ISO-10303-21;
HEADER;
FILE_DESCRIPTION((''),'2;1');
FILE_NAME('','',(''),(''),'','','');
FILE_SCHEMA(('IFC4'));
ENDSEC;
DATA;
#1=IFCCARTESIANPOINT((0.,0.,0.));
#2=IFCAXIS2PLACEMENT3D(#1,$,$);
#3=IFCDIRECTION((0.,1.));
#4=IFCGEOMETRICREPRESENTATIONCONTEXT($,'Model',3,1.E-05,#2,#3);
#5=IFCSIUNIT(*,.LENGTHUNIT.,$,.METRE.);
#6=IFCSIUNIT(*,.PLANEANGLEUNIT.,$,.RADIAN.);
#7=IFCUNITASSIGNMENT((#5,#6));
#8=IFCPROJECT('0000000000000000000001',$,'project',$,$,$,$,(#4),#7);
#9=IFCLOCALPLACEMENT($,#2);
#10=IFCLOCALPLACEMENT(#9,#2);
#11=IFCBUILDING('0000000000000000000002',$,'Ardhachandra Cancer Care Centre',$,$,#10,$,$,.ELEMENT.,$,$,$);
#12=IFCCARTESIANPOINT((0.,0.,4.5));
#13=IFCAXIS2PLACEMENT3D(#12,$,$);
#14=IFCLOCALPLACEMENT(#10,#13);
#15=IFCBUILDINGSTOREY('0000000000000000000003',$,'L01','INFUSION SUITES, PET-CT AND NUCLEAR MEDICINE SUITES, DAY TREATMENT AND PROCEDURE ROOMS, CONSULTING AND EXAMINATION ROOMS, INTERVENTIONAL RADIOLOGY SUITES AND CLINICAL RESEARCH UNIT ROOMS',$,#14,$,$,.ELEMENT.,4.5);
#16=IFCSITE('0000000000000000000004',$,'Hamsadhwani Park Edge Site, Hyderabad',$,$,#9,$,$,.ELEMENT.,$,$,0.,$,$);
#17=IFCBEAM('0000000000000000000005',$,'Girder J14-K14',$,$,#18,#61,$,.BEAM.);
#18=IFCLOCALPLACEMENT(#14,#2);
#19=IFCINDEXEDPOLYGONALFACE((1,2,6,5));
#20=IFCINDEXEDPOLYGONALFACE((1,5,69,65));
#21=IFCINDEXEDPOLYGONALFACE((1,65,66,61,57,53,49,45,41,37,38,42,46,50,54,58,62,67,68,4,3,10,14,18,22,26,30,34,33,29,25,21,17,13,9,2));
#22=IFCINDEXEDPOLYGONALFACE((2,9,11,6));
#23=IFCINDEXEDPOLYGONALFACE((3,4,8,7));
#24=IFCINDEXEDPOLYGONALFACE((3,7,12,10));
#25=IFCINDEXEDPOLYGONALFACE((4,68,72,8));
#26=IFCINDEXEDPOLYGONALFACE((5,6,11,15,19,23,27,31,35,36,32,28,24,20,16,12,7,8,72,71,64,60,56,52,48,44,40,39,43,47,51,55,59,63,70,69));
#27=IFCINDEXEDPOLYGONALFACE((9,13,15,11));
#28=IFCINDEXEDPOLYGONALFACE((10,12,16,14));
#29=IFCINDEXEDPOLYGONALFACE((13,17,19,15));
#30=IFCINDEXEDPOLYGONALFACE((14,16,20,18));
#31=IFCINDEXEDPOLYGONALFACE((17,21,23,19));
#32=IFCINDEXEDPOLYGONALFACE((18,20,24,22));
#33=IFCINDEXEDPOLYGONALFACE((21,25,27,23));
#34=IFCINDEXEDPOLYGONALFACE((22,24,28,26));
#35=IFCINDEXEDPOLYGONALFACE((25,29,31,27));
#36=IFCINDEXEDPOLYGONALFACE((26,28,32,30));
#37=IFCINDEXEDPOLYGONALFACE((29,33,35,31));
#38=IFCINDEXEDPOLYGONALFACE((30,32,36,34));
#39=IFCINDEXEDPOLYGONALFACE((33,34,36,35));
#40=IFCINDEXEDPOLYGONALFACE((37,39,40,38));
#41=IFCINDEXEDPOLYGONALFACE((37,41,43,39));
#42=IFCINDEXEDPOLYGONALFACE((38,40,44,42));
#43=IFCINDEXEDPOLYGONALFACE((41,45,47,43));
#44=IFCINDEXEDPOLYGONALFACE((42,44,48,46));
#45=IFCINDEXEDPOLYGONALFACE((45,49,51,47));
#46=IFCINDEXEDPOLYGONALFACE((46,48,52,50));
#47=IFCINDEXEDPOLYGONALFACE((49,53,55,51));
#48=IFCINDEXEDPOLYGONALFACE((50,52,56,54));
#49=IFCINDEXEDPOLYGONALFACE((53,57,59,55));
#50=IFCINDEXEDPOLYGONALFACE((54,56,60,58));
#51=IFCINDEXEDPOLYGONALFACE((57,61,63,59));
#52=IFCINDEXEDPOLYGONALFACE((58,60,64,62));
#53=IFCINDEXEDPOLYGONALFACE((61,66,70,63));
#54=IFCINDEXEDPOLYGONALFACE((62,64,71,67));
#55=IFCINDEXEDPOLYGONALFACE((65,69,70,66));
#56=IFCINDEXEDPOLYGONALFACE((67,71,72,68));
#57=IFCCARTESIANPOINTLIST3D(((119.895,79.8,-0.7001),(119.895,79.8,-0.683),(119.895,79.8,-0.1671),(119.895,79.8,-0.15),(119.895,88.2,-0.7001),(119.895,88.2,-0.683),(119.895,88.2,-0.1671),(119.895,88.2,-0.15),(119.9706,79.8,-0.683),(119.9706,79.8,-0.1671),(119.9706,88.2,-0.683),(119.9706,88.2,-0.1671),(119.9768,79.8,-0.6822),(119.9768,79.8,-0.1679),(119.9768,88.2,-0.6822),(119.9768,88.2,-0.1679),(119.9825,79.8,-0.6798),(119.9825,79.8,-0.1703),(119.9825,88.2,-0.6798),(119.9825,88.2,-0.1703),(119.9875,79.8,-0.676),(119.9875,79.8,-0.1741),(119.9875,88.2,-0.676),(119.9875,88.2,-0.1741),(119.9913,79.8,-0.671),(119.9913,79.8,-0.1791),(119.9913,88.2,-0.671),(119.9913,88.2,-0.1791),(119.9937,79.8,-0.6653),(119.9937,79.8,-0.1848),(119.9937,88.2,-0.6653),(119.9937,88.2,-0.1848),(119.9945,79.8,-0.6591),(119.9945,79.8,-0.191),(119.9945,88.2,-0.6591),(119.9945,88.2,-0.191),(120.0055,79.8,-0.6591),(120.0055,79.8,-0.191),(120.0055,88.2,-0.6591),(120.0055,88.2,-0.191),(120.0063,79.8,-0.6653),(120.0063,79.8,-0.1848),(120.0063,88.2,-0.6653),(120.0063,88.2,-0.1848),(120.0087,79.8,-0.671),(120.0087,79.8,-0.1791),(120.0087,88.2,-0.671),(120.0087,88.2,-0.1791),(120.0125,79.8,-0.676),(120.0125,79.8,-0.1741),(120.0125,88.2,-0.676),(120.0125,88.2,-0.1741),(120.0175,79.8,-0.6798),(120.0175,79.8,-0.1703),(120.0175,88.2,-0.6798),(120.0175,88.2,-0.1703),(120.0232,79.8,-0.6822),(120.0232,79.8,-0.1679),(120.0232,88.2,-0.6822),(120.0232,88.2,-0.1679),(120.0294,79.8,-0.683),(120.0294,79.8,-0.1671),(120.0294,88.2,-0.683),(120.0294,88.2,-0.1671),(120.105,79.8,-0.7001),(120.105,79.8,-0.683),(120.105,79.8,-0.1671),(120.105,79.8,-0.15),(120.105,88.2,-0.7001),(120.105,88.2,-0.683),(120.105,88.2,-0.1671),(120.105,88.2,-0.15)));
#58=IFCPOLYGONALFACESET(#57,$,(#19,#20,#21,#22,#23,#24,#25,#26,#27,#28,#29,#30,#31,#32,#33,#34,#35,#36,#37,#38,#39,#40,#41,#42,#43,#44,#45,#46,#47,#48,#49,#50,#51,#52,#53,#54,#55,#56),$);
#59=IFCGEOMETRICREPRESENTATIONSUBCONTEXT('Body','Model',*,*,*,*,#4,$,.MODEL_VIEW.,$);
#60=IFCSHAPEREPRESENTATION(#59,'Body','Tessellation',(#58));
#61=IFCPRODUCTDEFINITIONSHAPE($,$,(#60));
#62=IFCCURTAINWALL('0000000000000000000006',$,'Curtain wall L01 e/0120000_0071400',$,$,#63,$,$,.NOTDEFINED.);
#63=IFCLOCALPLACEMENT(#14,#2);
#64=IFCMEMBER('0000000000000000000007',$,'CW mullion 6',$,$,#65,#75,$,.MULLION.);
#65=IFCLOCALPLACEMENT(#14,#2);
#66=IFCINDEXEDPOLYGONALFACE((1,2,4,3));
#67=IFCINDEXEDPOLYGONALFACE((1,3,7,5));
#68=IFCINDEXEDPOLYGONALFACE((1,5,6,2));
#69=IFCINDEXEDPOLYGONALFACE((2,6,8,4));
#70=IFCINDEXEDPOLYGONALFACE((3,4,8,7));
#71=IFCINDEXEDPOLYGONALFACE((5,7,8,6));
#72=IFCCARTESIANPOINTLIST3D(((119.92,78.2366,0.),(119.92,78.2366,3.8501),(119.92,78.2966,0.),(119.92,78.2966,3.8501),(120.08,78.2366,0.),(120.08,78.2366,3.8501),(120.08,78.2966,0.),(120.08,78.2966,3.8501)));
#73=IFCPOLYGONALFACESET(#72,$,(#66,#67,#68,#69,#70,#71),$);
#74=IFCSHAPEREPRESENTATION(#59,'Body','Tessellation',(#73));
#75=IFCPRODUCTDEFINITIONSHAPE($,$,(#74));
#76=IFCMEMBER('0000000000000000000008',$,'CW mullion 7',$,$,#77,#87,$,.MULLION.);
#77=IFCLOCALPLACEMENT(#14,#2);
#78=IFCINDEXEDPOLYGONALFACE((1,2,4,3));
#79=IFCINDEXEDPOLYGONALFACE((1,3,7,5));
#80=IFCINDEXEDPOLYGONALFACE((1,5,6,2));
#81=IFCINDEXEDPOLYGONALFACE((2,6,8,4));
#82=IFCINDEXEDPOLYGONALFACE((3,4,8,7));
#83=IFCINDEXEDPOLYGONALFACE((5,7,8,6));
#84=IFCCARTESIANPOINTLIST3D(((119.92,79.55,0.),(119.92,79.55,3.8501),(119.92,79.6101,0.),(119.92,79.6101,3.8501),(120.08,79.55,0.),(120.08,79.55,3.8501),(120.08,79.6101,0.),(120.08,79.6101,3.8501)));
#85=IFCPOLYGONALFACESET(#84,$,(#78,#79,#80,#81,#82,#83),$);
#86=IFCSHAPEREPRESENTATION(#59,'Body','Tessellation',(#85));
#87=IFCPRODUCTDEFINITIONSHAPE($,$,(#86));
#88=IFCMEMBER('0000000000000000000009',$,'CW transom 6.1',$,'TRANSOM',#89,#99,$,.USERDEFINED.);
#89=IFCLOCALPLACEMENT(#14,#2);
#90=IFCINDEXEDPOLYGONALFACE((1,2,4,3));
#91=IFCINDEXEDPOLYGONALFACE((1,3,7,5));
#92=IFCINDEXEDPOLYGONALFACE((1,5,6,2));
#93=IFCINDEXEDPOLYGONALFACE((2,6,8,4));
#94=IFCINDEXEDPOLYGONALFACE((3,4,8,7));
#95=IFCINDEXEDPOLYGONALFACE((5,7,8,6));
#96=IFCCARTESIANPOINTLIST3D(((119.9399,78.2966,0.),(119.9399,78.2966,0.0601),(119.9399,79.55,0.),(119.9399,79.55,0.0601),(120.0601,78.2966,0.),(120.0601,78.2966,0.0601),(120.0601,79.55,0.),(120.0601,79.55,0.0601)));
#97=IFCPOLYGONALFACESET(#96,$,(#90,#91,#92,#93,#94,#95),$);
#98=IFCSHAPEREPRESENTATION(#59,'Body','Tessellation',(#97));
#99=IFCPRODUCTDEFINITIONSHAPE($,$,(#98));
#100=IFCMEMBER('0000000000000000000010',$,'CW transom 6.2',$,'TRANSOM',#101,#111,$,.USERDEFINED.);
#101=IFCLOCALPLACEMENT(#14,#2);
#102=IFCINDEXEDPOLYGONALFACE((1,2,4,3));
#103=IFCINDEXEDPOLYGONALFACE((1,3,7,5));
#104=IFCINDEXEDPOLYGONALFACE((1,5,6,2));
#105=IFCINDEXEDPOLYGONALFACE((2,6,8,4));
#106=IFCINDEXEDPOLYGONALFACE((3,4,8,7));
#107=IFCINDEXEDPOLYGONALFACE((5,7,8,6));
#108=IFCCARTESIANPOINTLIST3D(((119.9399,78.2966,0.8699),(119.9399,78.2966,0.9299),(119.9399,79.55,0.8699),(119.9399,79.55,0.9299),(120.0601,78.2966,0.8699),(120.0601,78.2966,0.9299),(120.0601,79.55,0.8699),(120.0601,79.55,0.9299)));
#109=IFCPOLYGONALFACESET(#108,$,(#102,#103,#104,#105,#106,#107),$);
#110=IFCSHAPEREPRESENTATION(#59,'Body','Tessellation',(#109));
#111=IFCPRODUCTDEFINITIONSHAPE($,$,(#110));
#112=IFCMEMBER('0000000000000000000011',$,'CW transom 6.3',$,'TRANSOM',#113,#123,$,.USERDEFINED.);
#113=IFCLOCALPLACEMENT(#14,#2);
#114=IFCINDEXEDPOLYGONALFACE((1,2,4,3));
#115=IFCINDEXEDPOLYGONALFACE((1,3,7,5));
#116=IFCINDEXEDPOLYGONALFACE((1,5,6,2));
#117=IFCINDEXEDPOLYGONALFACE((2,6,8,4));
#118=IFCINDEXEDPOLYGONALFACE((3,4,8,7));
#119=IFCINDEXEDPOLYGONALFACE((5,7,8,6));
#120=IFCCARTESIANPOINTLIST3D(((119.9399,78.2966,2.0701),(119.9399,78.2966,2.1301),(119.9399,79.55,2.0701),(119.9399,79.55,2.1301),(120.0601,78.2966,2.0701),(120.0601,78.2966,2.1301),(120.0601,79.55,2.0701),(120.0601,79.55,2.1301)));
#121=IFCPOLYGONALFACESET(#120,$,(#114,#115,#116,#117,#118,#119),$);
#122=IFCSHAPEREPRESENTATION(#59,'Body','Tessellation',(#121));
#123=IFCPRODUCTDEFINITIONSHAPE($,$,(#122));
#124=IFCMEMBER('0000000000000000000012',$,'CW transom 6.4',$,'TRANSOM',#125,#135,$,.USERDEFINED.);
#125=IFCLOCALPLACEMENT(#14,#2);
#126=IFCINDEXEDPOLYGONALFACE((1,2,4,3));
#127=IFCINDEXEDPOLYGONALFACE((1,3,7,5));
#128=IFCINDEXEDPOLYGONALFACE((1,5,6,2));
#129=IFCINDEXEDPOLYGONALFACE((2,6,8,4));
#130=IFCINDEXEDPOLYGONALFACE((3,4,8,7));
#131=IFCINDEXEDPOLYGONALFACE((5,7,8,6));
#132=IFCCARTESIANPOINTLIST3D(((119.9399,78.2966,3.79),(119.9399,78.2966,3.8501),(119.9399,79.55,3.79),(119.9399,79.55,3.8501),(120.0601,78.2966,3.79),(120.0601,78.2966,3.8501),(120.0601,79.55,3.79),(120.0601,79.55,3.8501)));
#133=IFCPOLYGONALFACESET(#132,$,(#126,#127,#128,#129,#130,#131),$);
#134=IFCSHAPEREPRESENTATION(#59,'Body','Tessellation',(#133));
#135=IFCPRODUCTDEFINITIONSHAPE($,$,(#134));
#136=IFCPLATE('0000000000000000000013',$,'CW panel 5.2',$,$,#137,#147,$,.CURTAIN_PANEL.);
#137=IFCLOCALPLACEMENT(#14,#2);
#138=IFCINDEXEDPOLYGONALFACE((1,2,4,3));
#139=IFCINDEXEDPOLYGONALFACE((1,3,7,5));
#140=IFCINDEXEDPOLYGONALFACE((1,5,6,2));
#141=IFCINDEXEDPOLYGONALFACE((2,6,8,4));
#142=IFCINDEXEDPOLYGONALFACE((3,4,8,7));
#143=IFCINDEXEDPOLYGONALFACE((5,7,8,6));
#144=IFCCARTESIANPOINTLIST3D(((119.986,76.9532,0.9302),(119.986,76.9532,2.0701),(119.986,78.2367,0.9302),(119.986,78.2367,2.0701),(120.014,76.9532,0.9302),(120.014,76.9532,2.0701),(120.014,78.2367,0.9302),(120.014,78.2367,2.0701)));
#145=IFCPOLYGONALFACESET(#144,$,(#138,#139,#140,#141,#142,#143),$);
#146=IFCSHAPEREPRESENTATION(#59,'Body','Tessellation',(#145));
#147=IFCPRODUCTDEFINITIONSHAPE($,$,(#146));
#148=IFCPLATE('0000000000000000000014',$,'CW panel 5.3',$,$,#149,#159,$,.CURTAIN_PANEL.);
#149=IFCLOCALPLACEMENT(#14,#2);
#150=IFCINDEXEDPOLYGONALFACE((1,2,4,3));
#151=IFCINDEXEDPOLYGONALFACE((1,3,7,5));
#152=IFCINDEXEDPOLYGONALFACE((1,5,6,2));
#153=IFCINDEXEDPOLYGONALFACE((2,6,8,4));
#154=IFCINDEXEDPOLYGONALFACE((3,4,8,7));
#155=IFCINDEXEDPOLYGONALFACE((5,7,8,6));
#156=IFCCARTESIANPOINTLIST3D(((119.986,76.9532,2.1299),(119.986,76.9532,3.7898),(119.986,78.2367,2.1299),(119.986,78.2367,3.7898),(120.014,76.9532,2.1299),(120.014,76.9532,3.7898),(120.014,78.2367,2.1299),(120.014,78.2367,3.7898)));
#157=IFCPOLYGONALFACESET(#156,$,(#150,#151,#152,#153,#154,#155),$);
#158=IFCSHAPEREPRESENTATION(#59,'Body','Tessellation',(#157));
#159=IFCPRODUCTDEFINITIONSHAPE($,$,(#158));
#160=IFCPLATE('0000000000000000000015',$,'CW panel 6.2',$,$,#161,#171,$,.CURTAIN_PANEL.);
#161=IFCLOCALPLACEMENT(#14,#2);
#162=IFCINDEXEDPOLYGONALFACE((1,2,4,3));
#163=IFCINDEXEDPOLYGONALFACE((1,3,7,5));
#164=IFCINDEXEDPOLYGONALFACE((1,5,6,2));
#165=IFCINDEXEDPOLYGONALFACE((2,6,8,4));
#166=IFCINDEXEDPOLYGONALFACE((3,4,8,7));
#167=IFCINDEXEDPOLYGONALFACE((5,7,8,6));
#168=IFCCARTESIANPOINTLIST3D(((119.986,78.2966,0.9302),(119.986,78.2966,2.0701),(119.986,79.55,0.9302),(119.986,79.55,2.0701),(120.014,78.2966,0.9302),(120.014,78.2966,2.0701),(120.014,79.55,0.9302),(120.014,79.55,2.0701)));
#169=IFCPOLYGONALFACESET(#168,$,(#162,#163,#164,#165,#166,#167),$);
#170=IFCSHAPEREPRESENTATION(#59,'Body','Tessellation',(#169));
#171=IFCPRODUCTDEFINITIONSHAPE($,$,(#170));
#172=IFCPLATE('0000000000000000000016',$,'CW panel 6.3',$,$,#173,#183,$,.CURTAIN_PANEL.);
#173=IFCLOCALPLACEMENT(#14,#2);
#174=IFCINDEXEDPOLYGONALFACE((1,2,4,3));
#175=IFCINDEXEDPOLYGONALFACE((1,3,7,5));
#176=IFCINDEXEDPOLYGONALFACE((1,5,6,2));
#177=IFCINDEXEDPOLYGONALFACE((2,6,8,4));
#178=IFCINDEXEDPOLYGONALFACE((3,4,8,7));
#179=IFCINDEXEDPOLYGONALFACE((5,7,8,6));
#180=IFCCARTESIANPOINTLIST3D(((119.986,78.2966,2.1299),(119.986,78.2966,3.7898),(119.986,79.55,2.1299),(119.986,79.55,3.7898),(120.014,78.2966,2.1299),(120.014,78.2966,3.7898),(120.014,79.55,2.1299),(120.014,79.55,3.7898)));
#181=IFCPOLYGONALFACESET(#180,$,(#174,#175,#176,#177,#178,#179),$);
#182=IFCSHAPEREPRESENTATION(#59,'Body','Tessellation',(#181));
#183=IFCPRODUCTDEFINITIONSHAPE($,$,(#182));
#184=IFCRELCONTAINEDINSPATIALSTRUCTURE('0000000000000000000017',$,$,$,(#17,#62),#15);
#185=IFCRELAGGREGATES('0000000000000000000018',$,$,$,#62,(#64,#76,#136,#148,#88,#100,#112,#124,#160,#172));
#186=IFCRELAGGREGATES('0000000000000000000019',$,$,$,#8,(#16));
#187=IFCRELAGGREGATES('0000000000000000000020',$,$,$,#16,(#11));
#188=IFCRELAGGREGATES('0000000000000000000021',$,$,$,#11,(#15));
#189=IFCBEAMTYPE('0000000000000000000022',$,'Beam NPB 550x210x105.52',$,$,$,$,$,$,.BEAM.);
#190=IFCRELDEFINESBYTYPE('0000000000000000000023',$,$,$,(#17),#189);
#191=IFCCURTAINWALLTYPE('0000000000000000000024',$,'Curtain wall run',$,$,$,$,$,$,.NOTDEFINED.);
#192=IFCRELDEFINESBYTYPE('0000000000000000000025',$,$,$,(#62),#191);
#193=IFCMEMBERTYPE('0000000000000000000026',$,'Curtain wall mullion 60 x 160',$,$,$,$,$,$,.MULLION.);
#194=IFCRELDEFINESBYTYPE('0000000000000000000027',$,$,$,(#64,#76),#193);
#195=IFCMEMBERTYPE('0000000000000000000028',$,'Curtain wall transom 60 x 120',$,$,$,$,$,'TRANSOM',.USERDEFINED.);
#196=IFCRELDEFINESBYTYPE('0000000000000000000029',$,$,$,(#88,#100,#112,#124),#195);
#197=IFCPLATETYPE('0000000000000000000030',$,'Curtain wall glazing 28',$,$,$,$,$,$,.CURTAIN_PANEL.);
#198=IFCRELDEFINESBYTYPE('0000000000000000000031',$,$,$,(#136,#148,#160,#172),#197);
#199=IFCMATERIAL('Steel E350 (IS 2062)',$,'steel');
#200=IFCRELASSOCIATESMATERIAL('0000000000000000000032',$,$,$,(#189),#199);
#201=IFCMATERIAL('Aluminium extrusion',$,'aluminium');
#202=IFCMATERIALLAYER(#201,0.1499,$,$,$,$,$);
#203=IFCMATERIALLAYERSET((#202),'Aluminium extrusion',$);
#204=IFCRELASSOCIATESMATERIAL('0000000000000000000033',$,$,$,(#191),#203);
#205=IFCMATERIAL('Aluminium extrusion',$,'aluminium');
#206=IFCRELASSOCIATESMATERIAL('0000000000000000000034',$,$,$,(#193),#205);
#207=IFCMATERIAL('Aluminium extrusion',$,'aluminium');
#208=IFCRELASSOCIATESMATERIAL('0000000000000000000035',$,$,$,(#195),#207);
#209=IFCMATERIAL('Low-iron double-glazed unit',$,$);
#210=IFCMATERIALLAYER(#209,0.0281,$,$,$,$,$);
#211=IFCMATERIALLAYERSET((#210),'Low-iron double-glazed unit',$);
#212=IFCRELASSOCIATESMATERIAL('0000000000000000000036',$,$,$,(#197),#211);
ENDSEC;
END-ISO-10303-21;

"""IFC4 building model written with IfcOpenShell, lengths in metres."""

from ifc_helpers import new_model, si_unit, direction, frame, origin, origin_2d, place, context, subcontext, project, spatial, rectangle, i_section, extrude, material, layer, layer_set, material_profile, profile_set, type_object, element, aggregate, save


model = new_model("IFC4")

# Units and contexts
model_context = context("Model", 3, precision=1e-05, world=origin(), true_north=direction((0.0, 1.0)))
body_context = subcontext(model_context, "Body", "Model", "MODEL_VIEW")
ifc_project = project(units=[si_unit("LENGTHUNIT", "METRE"), si_unit("PLANEANGLEUNIT", "RADIAN")], contexts=[model_context])

# Site, building, storey
site_placement = place(None, origin())
site = spatial("IfcSite", under=ifc_project, at=site_placement, Name="Hamsadhwani Park Edge Site, Hyderabad", CompositionType="ELEMENT", RefElevation=0.0)
building_placement = place(site_placement, origin())
building = spatial("IfcBuilding", under=site, at=building_placement, Name="Ardhachandra Cancer Care Centre", CompositionType="ELEMENT")
storey_placement = place(building_placement, frame((0.0, 0.0, 4.5)))
storey = spatial("IfcBuildingStorey", under=building, at=storey_placement, Name="L01", Description="INFUSION SUITES, PET-CT AND NUCLEAR MEDICINE SUITES, DAY TREATMENT AND PROCEDURE ROOMS, CONSULTING AND EXAMINATION ROOMS, INTERVENTIONAL RADIOLOGY SUITES AND CLINICAL RESEARCH UNIT ROOMS", CompositionType="ELEMENT", Elevation=4.5)

# Beam
ifc_material_1 = material(Name="Steel E350 (IS 2062)", Category="steel")
ifc_material_profile_1 = material_profile(ifc_material_1, i_section(OverallWidth=0.21, OverallDepth=0.55, WebThickness=0.011, FlangeThickness=0.0171, FilletRadius=0.0239, at=origin_2d()), Name="NPB 550x210x105.52")
ifc_profile_set_1 = profile_set([ifc_material_profile_1], Name="Steel E350 (IS 2062)")
beam_type_1 = type_object("IfcBeamType", Name="Beam NPB 550x210x105.52", PredefinedType="BEAM", material=ifc_profile_set_1)
beam_1_placement = place(storey_placement, frame((120.0, 79.8, -0.425), z_axis=(0.0, 1.0, 0.0), x_axis=(-1.0, 0.0, 0.0)))
element("IfcBeam", 1, at=beam_1_placement, inside=storey, type_object=beam_type_1, Name="Girder J14-K14", PredefinedType="BEAM", context=body_context, shape_type="SweptSolid", body=[
    extrude(i_section(OverallWidth=0.21, OverallDepth=0.55, WebThickness=0.011, FlangeThickness=0.0171, FilletRadius=0.0239, at=origin_2d()), origin(), (0.0, 0.0, 1.0), 8.3999),
])

# Curtain wall, members, plates
ifc_material_2 = material(Name="Aluminium extrusion", Category="aluminium")
ifc_layer_1 = layer(ifc_material_2, 0.1499)
ifc_layer_set_1 = layer_set([ifc_layer_1], Name="Aluminium extrusion")
curtain_wall_type = type_object("IfcCurtainWallType", Name="Curtain wall run", PredefinedType="NOTDEFINED", material=ifc_layer_set_1)
curtain_wall_placement = place(storey_placement, origin())
curtain_wall = element("IfcCurtainWall", 2, at=curtain_wall_placement, inside=storey, type_object=curtain_wall_type, Name="Curtain wall L01 e/0120000_0071400", PredefinedType="NOTDEFINED")
ifc_material_3 = material(Name="Aluminium extrusion", Category="aluminium")
ifc_material_profile_2 = material_profile(ifc_material_3, rectangle(XDim=0.1599, YDim=0.0601, at=origin_2d()), Name="Curtain wall mullion 60 x 160")
ifc_profile_set_2 = profile_set([ifc_material_profile_2], Name="Aluminium extrusion")
member_type_1 = type_object("IfcMemberType", Name="Curtain wall mullion 60 x 160", PredefinedType="MULLION", material=ifc_profile_set_2)
member_1_placement = place(storey_placement, frame((120.0, 78.2666, 0.0), z_axis=(0.0, 0.0, 1.0), x_axis=(-1.0, 0.0, 0.0)))
member_1 = element("IfcMember", 3, at=member_1_placement, type_object=member_type_1, Name="CW mullion 6", PredefinedType="MULLION", context=body_context, shape_type="SweptSolid", body=[
    extrude(rectangle(XDim=0.1599, YDim=0.0601, at=origin_2d()), origin(), (0.0, 0.0, 1.0), 3.8501),
])
member_2_placement = place(storey_placement, frame((120.0, 79.5801, 0.0), z_axis=(0.0, 0.0, 1.0), x_axis=(-1.0, 0.0, 0.0)))
member_2 = element("IfcMember", 4, at=member_2_placement, type_object=member_type_1, Name="CW mullion 7", PredefinedType="MULLION", context=body_context, shape_type="SweptSolid", body=[
    extrude(rectangle(XDim=0.1599, YDim=0.0601, at=origin_2d()), origin(), (0.0, 0.0, 1.0), 3.8501),
])
ifc_material_4 = material(Name="Aluminium extrusion", Category="aluminium")
ifc_material_profile_3 = material_profile(ifc_material_4, rectangle(XDim=0.1201, YDim=0.0601, at=origin_2d()), Name="Curtain wall transom 60 x 120")
ifc_profile_set_3 = profile_set([ifc_material_profile_3], Name="Aluminium extrusion")
member_type_2 = type_object("IfcMemberType", Name="Curtain wall transom 60 x 120", ElementType="TRANSOM", PredefinedType="USERDEFINED", material=ifc_profile_set_3)
member_3_placement = place(storey_placement, frame((120.0, 78.2966, 0.03), z_axis=(0.0, 1.0, 0.0), x_axis=(-1.0, 0.0, 0.0)))
member_3 = element("IfcMember", 5, at=member_3_placement, type_object=member_type_2, Name="CW transom 6.1", ObjectType="TRANSOM", PredefinedType="USERDEFINED", context=body_context, shape_type="SweptSolid", body=[
    extrude(rectangle(XDim=0.1201, YDim=0.0601, at=origin_2d()), origin(), (0.0, 0.0, 1.0), 1.2534),
])
member_4_placement = place(storey_placement, frame((120.0, 78.2966, 0.8999), z_axis=(0.0, 1.0, 0.0), x_axis=(-1.0, 0.0, 0.0)))
member_4 = element("IfcMember", 6, at=member_4_placement, type_object=member_type_2, Name="CW transom 6.2", ObjectType="TRANSOM", PredefinedType="USERDEFINED", context=body_context, shape_type="SweptSolid", body=[
    extrude(rectangle(XDim=0.1201, YDim=0.0601, at=origin_2d()), origin(), (0.0, 0.0, 1.0), 1.2534),
])
member_5_placement = place(storey_placement, frame((120.0, 78.2966, 2.1001), z_axis=(0.0, 1.0, 0.0), x_axis=(-1.0, 0.0, 0.0)))
member_5 = element("IfcMember", 7, at=member_5_placement, type_object=member_type_2, Name="CW transom 6.3", ObjectType="TRANSOM", PredefinedType="USERDEFINED", context=body_context, shape_type="SweptSolid", body=[
    extrude(rectangle(XDim=0.1201, YDim=0.0601, at=origin_2d()), origin(), (0.0, 0.0, 1.0), 1.2534),
])
member_6_placement = place(storey_placement, frame((120.0, 78.2966, 3.8201), z_axis=(0.0, 1.0, 0.0), x_axis=(-1.0, 0.0, 0.0)))
member_6 = element("IfcMember", 8, at=member_6_placement, type_object=member_type_2, Name="CW transom 6.4", ObjectType="TRANSOM", PredefinedType="USERDEFINED", context=body_context, shape_type="SweptSolid", body=[
    extrude(rectangle(XDim=0.1201, YDim=0.0601, at=origin_2d()), origin(), (0.0, 0.0, 1.0), 1.2534),
])
ifc_material_5 = material(Name="Low-iron double-glazed unit")
ifc_layer_2 = layer(ifc_material_5, 0.0281)
ifc_layer_set_2 = layer_set([ifc_layer_2], Name="Low-iron double-glazed unit")
plate_type_1 = type_object("IfcPlateType", Name="Curtain wall glazing 28", PredefinedType="CURTAIN_PANEL", material=ifc_layer_set_2)
plate_1_placement = place(storey_placement, frame((120.0, 77.595, 0.9302), z_axis=(0.0, 0.0, 1.0), x_axis=(0.0, 1.0, 0.0)))
plate_1 = element("IfcPlate", 9, at=plate_1_placement, type_object=plate_type_1, Name="CW panel 5.2", PredefinedType="CURTAIN_PANEL", context=body_context, shape_type="SweptSolid", body=[
    extrude(rectangle(XDim=1.2834, YDim=0.0281, at=origin_2d()), origin(), (0.0, 0.0, 1.0), 1.1399),
])
plate_2_placement = place(storey_placement, frame((120.0, 77.595, 2.1299), z_axis=(0.0, 0.0, 1.0), x_axis=(0.0, 1.0, 0.0)))
plate_2 = element("IfcPlate", 10, at=plate_2_placement, type_object=plate_type_1, Name="CW panel 5.3", PredefinedType="CURTAIN_PANEL", context=body_context, shape_type="SweptSolid", body=[
    extrude(rectangle(XDim=1.2834, YDim=0.0281, at=origin_2d()), origin(), (0.0, 0.0, 1.0), 1.6599),
])
plate_3_placement = place(storey_placement, frame((120.0, 78.9233, 0.9302), z_axis=(0.0, 0.0, 1.0), x_axis=(0.0, 1.0, 0.0)))
plate_3 = element("IfcPlate", 11, at=plate_3_placement, type_object=plate_type_1, Name="CW panel 6.2", PredefinedType="CURTAIN_PANEL", context=body_context, shape_type="SweptSolid", body=[
    extrude(rectangle(XDim=1.2534, YDim=0.0281, at=origin_2d()), origin(), (0.0, 0.0, 1.0), 1.1399),
])
plate_4_placement = place(storey_placement, frame((120.0, 78.9233, 2.1299), z_axis=(0.0, 0.0, 1.0), x_axis=(0.0, 1.0, 0.0)))
plate_4 = element("IfcPlate", 12, at=plate_4_placement, type_object=plate_type_1, Name="CW panel 6.3", PredefinedType="CURTAIN_PANEL", context=body_context, shape_type="SweptSolid", body=[
    extrude(rectangle(XDim=1.2534, YDim=0.0281, at=origin_2d()), origin(), (0.0, 0.0, 1.0), 1.6599),
])
aggregate(curtain_wall, [member_1, member_2, plate_1, plate_2, member_3, member_4, member_5, member_6, plate_3, plate_4])

save(model, "model.ifc")
